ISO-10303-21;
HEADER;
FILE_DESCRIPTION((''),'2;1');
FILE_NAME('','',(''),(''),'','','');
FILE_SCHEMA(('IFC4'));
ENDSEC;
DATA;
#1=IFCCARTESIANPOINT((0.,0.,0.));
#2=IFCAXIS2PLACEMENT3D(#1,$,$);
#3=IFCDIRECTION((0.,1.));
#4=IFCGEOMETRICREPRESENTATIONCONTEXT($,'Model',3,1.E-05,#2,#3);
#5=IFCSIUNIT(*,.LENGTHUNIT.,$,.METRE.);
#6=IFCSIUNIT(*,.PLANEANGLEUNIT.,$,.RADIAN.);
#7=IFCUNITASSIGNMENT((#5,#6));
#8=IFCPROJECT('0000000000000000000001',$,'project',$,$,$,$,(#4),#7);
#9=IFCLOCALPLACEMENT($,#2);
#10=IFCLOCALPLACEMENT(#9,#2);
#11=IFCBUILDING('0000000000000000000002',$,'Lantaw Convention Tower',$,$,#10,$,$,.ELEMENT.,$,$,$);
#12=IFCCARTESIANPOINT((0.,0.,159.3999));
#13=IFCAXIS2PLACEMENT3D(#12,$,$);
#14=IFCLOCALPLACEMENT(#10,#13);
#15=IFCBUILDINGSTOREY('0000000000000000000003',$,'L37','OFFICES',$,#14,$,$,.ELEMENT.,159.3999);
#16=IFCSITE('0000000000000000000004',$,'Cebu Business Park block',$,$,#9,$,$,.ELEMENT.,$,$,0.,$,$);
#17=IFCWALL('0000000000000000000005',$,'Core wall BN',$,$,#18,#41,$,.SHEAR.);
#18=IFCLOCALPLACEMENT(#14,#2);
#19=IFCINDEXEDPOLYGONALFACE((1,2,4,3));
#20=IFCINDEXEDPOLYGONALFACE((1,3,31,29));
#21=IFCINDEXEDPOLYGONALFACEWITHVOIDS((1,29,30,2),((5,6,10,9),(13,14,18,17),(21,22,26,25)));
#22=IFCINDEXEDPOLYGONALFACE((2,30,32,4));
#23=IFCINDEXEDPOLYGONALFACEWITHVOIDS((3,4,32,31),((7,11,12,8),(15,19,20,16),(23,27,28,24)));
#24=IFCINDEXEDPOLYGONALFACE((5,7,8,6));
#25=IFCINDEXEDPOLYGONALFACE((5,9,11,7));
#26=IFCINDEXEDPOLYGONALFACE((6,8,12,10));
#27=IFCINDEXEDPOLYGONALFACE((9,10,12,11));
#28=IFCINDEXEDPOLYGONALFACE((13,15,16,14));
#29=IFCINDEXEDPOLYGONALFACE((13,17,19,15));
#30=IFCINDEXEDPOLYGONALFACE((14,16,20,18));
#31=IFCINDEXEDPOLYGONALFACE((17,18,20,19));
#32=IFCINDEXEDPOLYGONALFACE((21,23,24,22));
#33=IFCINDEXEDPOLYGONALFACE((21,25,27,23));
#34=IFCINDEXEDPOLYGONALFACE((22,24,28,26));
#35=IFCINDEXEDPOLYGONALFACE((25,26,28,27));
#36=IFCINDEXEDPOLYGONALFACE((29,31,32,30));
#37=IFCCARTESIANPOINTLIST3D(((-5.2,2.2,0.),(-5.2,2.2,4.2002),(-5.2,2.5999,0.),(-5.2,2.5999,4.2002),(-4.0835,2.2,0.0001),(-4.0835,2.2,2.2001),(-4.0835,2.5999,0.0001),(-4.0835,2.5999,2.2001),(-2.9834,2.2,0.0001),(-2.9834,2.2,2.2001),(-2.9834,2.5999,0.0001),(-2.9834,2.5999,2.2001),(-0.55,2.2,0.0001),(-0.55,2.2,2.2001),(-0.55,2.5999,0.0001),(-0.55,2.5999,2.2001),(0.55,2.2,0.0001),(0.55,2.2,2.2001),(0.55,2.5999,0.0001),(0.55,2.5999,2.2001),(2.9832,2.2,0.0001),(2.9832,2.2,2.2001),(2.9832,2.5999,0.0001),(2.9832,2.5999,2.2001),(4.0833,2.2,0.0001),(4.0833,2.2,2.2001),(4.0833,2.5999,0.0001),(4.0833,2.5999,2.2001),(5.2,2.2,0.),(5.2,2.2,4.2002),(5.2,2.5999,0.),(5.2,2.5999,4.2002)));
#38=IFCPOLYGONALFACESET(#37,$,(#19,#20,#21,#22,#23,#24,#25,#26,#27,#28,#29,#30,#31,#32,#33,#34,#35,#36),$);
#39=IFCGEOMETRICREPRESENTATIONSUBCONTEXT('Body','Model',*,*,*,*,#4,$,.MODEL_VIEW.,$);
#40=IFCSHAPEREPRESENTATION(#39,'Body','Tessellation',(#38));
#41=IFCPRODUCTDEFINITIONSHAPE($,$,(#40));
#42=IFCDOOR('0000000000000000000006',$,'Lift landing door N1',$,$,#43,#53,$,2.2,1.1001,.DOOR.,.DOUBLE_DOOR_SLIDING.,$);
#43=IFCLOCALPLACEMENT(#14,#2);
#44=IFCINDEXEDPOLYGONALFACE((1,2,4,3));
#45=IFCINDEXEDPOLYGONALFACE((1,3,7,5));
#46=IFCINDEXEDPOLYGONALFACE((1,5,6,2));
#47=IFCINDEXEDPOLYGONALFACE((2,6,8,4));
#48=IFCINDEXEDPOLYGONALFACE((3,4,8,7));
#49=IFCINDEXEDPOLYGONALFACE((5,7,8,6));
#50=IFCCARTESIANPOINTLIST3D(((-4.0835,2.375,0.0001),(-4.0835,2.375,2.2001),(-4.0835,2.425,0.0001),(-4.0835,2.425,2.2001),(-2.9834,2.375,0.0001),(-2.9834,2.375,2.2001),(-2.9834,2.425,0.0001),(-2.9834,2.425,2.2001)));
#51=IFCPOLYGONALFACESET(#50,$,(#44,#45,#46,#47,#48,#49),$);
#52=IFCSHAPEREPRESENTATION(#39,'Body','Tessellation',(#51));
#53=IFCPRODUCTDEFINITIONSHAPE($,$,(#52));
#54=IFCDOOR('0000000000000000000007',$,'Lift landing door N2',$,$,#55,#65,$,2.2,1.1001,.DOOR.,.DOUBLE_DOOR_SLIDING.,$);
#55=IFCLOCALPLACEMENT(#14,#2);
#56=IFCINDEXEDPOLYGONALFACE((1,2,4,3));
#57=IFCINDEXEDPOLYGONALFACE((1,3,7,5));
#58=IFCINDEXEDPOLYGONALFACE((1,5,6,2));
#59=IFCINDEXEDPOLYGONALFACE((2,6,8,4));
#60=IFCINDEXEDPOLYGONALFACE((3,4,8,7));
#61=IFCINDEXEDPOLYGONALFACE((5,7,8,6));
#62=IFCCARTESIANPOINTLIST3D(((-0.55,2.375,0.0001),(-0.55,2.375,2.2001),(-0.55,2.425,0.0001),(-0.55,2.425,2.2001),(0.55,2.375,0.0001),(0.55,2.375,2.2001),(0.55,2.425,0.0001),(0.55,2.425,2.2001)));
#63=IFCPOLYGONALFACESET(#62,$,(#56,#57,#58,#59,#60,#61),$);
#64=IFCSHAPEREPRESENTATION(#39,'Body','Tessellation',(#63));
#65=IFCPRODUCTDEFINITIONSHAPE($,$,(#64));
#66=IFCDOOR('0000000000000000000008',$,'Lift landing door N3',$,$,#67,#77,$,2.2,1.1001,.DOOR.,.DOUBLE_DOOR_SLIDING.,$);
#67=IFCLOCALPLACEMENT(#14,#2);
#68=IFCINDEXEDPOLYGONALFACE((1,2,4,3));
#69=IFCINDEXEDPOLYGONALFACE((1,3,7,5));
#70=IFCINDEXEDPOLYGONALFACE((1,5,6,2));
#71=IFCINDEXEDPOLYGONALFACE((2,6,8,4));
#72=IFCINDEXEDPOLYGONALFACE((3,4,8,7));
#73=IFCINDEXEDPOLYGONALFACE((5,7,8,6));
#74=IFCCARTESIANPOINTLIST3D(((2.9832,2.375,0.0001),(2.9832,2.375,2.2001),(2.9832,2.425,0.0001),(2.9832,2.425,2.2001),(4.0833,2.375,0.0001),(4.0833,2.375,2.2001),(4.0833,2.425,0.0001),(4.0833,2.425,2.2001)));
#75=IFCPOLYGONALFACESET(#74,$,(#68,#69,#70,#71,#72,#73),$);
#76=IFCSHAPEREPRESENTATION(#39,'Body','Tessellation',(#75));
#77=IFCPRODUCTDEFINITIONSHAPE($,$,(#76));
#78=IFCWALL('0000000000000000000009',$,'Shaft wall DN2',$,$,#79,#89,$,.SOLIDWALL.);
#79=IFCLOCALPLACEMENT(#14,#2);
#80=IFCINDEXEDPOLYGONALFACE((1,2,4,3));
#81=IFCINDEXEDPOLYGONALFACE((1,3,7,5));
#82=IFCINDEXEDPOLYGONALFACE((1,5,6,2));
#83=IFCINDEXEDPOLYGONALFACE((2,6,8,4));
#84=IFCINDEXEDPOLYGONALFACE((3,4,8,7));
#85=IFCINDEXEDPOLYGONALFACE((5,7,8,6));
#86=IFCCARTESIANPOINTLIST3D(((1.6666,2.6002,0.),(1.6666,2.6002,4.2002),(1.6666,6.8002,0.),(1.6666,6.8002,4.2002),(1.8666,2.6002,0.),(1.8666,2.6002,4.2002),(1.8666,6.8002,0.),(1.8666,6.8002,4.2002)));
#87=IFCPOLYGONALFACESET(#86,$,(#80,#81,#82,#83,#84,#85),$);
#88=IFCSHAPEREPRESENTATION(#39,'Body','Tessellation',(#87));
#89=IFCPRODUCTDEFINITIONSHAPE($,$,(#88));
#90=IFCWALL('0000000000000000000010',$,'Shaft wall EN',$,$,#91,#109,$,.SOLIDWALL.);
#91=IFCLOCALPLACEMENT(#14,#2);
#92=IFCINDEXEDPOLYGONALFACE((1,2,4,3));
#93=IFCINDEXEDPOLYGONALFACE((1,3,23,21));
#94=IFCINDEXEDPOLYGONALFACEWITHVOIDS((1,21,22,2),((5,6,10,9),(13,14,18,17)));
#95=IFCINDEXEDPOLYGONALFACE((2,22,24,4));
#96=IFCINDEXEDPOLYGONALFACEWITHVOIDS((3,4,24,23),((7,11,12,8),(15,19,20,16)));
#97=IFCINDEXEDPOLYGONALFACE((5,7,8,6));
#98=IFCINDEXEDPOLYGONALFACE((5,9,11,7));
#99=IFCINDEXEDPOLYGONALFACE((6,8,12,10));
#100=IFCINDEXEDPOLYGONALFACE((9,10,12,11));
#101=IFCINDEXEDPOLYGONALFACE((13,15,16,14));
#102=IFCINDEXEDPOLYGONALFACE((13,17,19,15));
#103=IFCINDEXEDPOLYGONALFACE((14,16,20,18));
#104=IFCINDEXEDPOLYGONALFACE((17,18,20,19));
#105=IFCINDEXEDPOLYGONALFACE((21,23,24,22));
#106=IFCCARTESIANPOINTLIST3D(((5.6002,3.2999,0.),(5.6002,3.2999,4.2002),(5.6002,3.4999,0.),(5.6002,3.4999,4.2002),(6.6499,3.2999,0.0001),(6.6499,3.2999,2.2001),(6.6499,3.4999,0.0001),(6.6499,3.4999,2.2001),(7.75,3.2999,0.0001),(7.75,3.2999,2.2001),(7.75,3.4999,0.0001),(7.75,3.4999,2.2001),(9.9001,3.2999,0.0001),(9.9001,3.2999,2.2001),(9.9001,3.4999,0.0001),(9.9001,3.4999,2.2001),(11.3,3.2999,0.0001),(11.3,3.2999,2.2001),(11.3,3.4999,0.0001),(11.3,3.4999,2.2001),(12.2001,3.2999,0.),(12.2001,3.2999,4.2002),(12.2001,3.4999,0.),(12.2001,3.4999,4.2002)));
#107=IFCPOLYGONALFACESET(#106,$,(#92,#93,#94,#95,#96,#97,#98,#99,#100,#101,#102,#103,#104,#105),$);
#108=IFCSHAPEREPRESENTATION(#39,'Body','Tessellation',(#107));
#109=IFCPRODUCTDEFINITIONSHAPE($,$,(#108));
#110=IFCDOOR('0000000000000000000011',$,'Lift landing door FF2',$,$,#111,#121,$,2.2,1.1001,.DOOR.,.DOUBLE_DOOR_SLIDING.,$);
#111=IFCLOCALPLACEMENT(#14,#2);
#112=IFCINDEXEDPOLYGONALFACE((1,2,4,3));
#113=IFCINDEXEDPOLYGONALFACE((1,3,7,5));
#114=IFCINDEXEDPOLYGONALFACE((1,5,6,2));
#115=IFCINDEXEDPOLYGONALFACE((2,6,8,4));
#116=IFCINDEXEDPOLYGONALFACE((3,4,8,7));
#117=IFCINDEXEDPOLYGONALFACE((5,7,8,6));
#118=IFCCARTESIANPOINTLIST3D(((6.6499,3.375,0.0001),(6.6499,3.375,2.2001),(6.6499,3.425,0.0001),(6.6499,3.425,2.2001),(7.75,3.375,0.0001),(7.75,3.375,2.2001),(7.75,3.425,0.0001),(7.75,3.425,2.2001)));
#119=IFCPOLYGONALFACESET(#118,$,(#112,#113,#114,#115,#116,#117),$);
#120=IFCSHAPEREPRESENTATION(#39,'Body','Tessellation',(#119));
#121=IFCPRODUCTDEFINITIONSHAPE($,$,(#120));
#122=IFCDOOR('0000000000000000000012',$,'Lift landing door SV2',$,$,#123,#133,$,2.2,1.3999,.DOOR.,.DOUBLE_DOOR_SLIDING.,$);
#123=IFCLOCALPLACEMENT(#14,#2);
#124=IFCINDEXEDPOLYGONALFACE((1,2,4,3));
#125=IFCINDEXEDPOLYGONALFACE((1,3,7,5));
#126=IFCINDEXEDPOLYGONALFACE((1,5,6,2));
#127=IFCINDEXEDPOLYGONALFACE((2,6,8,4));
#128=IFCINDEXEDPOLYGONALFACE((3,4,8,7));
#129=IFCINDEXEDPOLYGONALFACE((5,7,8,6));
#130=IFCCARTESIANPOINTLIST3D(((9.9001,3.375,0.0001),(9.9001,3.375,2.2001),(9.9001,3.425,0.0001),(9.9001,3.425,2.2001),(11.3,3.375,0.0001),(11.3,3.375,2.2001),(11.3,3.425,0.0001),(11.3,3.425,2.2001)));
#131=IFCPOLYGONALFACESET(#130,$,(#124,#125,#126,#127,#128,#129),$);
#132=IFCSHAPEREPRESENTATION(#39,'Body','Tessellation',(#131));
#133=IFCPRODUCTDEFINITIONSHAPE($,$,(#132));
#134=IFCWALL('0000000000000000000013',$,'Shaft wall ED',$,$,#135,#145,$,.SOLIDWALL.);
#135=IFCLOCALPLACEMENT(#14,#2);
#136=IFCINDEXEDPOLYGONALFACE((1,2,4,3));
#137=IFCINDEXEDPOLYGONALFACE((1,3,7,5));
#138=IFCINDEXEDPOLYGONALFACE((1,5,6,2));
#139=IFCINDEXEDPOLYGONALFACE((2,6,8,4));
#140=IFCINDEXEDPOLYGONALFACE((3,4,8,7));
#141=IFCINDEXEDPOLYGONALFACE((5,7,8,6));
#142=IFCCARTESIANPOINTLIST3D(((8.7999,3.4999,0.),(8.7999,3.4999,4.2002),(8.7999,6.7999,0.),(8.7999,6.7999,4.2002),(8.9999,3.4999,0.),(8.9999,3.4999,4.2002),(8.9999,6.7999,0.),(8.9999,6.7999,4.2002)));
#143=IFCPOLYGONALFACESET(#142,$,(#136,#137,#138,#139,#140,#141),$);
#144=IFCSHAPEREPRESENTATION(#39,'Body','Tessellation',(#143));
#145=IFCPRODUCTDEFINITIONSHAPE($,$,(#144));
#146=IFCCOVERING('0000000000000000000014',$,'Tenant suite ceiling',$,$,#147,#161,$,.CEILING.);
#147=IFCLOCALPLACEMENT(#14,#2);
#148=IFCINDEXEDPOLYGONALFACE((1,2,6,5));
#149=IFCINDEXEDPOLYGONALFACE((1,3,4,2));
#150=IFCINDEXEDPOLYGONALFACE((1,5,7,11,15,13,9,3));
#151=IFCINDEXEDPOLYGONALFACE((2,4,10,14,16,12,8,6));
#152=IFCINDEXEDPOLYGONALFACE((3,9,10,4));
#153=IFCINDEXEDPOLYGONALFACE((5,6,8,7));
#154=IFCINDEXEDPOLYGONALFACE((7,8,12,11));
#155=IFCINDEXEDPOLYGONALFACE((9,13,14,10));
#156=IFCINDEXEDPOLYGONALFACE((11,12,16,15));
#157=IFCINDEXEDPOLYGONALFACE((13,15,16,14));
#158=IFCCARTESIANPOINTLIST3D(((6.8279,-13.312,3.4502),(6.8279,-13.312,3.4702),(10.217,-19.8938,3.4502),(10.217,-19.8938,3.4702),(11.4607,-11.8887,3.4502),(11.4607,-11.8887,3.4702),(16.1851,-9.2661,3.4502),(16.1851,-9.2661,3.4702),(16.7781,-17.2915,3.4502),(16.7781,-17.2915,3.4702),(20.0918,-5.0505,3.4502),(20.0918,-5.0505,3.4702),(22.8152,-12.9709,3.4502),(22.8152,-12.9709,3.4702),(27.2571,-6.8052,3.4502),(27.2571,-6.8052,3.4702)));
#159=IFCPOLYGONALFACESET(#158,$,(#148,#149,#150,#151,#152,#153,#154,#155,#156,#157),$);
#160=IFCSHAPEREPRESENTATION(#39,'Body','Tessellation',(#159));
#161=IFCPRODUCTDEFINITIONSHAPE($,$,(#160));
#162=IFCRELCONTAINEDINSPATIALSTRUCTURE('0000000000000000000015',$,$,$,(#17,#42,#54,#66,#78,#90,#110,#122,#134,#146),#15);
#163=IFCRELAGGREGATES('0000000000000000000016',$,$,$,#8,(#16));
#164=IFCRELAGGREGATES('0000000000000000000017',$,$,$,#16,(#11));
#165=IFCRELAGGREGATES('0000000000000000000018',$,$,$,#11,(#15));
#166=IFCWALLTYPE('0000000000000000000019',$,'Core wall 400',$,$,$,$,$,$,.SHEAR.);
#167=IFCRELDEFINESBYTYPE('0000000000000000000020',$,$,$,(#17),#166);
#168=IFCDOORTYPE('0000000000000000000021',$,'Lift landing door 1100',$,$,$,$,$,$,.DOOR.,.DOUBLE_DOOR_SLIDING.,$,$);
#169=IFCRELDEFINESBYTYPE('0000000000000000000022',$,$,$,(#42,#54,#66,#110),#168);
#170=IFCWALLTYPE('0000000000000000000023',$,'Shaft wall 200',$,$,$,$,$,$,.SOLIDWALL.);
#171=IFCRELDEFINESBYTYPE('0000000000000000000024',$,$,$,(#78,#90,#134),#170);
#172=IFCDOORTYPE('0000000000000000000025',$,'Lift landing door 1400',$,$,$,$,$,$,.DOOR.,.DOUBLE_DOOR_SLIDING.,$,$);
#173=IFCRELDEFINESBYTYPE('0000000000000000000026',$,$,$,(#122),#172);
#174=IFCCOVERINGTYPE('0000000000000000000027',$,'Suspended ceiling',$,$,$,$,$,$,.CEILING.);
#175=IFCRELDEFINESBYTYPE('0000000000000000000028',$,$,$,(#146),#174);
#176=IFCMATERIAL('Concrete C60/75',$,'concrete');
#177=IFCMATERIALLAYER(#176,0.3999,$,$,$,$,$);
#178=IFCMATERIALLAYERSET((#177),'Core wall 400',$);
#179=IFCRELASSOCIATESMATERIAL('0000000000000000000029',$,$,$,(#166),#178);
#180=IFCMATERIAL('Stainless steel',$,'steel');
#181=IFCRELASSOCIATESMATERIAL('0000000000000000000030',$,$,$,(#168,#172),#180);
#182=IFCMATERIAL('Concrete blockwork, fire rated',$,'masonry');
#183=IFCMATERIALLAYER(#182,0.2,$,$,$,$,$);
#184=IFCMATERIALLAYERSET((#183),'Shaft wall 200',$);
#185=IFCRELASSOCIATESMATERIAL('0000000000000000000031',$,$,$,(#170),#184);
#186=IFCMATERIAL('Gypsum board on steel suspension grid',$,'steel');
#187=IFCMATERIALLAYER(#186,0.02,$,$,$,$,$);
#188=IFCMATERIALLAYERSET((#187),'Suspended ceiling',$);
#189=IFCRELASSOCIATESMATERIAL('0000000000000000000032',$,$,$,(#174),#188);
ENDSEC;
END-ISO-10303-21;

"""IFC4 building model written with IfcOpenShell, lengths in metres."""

from ifc_helpers import new_model, si_unit, direction, frame, frame_2d, origin, place, context, subcontext, project, spatial, polyline, rectangle, outline, extrude, material, layer, layer_set, type_object, element, fill, save


model = new_model("IFC4")

# Units and contexts
model_context = context("Model", 3, precision=1e-05, world=origin(), true_north=direction((0.0, 1.0)))
body_context = subcontext(model_context, "Body", "Model", "MODEL_VIEW")
ifc_project = project(units=[si_unit("LENGTHUNIT", "METRE"), si_unit("PLANEANGLEUNIT", "RADIAN")], contexts=[model_context])

# Site, building, storey
site_placement = place(None, origin())
site = spatial("IfcSite", under=ifc_project, at=site_placement, Name="Cebu Business Park block", CompositionType="ELEMENT", RefElevation=0.0)
building_placement = place(site_placement, origin())
building = spatial("IfcBuilding", under=site, at=building_placement, Name="Lantaw Convention Tower", CompositionType="ELEMENT")
storey_placement = place(building_placement, frame((0.0, 0.0, 159.3999)))
storey = spatial("IfcBuildingStorey", under=building, at=storey_placement, Name="L37", Description="OFFICES", CompositionType="ELEMENT", Elevation=159.3999)

# Wall, openings, doors
ifc_material_1 = material(Name="Concrete C60/75", Category="concrete")
ifc_layer_1 = layer(ifc_material_1, 0.3999)
ifc_layer_set_1 = layer_set([ifc_layer_1], Name="Core wall 400")
wall_type_1 = type_object("IfcWallType", Name="Core wall 400", PredefinedType="SHEAR", material=ifc_layer_set_1)
wall_1_placement = place(storey_placement, frame((5.2, 2.3999, 0.0), z_axis=(0.0, 0.0, 1.0), x_axis=(-1.0, 0.0, 0.0)))
wall_1 = element("IfcWall", 1, at=wall_1_placement, inside=storey, type_object=wall_type_1, Name="Core wall BN", PredefinedType="SHEAR", context=body_context, shape_type="SweptSolid", body=[
    extrude(rectangle(XDim=10.3999, YDim=0.3999, at=frame_2d((5.2, 0.0))), origin(), (0.0, 0.0, 1.0), 4.2002),
])
opening_1_placement = place(wall_1_placement, frame((8.1833, 0.0, 0.0)))
opening_1 = element("IfcOpeningElement", 2, at=opening_1_placement, cuts=wall_1, PredefinedType="OPENING", context=body_context, shape_type="SweptSolid", body=[
    extrude(rectangle(XDim=1.1001, YDim=2.2, at=frame_2d((0.55, 1.1001))), frame((0.0, 0.21, 0.0), z_axis=(0.0, -1.0, 0.0), x_axis=(1.0, 0.0, 0.0)), (0.0, 0.0, 1.0), 0.4199),
])
opening_2_placement = place(wall_1_placement, frame((4.6499, 0.0, 0.0)))
opening_2 = element("IfcOpeningElement", 3, at=opening_2_placement, cuts=wall_1, PredefinedType="OPENING", context=body_context, shape_type="SweptSolid", body=[
    extrude(rectangle(XDim=1.1001, YDim=2.2, at=frame_2d((0.55, 1.1001))), frame((0.0, 0.21, 0.0), z_axis=(0.0, -1.0, 0.0), x_axis=(1.0, 0.0, 0.0)), (0.0, 0.0, 1.0), 0.4199),
])
opening_3_placement = place(wall_1_placement, frame((1.1167, 0.0, 0.0)))
opening_3 = element("IfcOpeningElement", 4, at=opening_3_placement, cuts=wall_1, PredefinedType="OPENING", context=body_context, shape_type="SweptSolid", body=[
    extrude(rectangle(XDim=1.1001, YDim=2.2, at=frame_2d((0.55, 1.1001))), frame((0.0, 0.21, 0.0), z_axis=(0.0, -1.0, 0.0), x_axis=(1.0, 0.0, 0.0)), (0.0, 0.0, 1.0), 0.4199),
])
ifc_material_2 = material(Name="Stainless steel", Category="steel")
door_type_1 = type_object("IfcDoorType", Name="Lift landing door 1100", OperationType="DOUBLE_DOOR_SLIDING", PredefinedType="DOOR", material=ifc_material_2)
door_1_placement = place(opening_1_placement, origin())
door_1 = element("IfcDoor", 5, at=door_1_placement, inside=storey, type_object=door_type_1, Name="Lift landing door N1", OperationType="DOUBLE_DOOR_SLIDING", OverallHeight=2.2, OverallWidth=1.1001, PredefinedType="DOOR", context=body_context, shape_type="SweptSolid", body=[
    extrude(rectangle(XDim=1.1001, YDim=2.2, at=frame_2d((0.55, 1.1001))), frame((0.0, 0.0249, 0.0), z_axis=(0.0, -1.0, 0.0), x_axis=(1.0, 0.0, 0.0)), (0.0, 0.0, 1.0), 0.05),
])
fill(opening_1, door_1)
door_2_placement = place(opening_2_placement, origin())
door_2 = element("IfcDoor", 6, at=door_2_placement, inside=storey, type_object=door_type_1, Name="Lift landing door N2", OperationType="DOUBLE_DOOR_SLIDING", OverallHeight=2.2, OverallWidth=1.1001, PredefinedType="DOOR", context=body_context, shape_type="SweptSolid", body=[
    extrude(rectangle(XDim=1.1001, YDim=2.2, at=frame_2d((0.55, 1.1001))), frame((0.0, 0.0249, 0.0), z_axis=(0.0, -1.0, 0.0), x_axis=(1.0, 0.0, 0.0)), (0.0, 0.0, 1.0), 0.05),
])
fill(opening_2, door_2)
door_3_placement = place(opening_3_placement, origin())
door_3 = element("IfcDoor", 7, at=door_3_placement, inside=storey, type_object=door_type_1, Name="Lift landing door N3", OperationType="DOUBLE_DOOR_SLIDING", OverallHeight=2.2, OverallWidth=1.1001, PredefinedType="DOOR", context=body_context, shape_type="SweptSolid", body=[
    extrude(rectangle(XDim=1.1001, YDim=2.2, at=frame_2d((0.55, 1.1001))), frame((0.0, 0.0249, 0.0), z_axis=(0.0, -1.0, 0.0), x_axis=(1.0, 0.0, 0.0)), (0.0, 0.0, 1.0), 0.05),
])
fill(opening_3, door_3)

# Wall
ifc_material_3 = material(Name="Concrete blockwork, fire rated", Category="masonry")
ifc_layer_2 = layer(ifc_material_3, 0.2)
ifc_layer_set_2 = layer_set([ifc_layer_2], Name="Shaft wall 200")
wall_type_2 = type_object("IfcWallType", Name="Shaft wall 200", PredefinedType="SOLIDWALL", material=ifc_layer_set_2)
wall_2_placement = place(storey_placement, frame((1.7666, 2.6001, 0.0), z_axis=(0.0, 0.0, 1.0), x_axis=(0.0, 1.0, 0.0)))
element("IfcWall", 8, at=wall_2_placement, inside=storey, type_object=wall_type_2, Name="Shaft wall DN2", PredefinedType="SOLIDWALL", context=body_context, shape_type="SweptSolid", body=[
    extrude(rectangle(XDim=4.2, YDim=0.2, at=frame_2d((2.1001, 0.0))), origin(), (0.0, 0.0, 1.0), 4.2002),
])

# Wall, openings, doors
wall_3_placement = place(storey_placement, frame((12.2, 3.3999, 0.0), z_axis=(0.0, 0.0, 1.0), x_axis=(-1.0, 0.0, 0.0)))
wall_3 = element("IfcWall", 9, at=wall_3_placement, inside=storey, type_object=wall_type_2, Name="Shaft wall EN", PredefinedType="SOLIDWALL", context=body_context, shape_type="SweptSolid", body=[
    extrude(rectangle(XDim=6.5999, YDim=0.2, at=frame_2d((3.2998, 0.0))), origin(), (0.0, 0.0, 1.0), 4.2002),
])
opening_4_placement = place(wall_3_placement, frame((4.45, 0.0, 0.0)))
opening_4 = element("IfcOpeningElement", 10, at=opening_4_placement, cuts=wall_3, PredefinedType="OPENING", context=body_context, shape_type="SweptSolid", body=[
    extrude(rectangle(XDim=1.1001, YDim=2.2, at=frame_2d((0.55, 1.1001))), frame((0.0, 0.1099, 0.0), z_axis=(0.0, -1.0, 0.0), x_axis=(1.0, 0.0, 0.0)), (0.0, 0.0, 1.0), 0.22),
])
opening_5_placement = place(wall_3_placement, frame((0.8999, 0.0, 0.0)))
opening_5 = element("IfcOpeningElement", 11, at=opening_5_placement, cuts=wall_3, PredefinedType="OPENING", context=body_context, shape_type="SweptSolid", body=[
    extrude(rectangle(XDim=1.3999, YDim=2.2, at=frame_2d((0.7, 1.1001))), frame((0.0, 0.1099, 0.0), z_axis=(0.0, -1.0, 0.0), x_axis=(1.0, 0.0, 0.0)), (0.0, 0.0, 1.0), 0.22),
])
door_4_placement = place(opening_4_placement, origin())
door_4 = element("IfcDoor", 12, at=door_4_placement, inside=storey, type_object=door_type_1, Name="Lift landing door FF2", OperationType="DOUBLE_DOOR_SLIDING", OverallHeight=2.2, OverallWidth=1.1001, PredefinedType="DOOR", context=body_context, shape_type="SweptSolid", body=[
    extrude(rectangle(XDim=1.1001, YDim=2.2, at=frame_2d((0.55, 1.1001))), frame((0.0, 0.0249, 0.0), z_axis=(0.0, -1.0, 0.0), x_axis=(1.0, 0.0, 0.0)), (0.0, 0.0, 1.0), 0.05),
])
fill(opening_4, door_4)
door_type_2 = type_object("IfcDoorType", Name="Lift landing door 1400", OperationType="DOUBLE_DOOR_SLIDING", PredefinedType="DOOR", material=ifc_material_2)
door_5_placement = place(opening_5_placement, origin())
door_5 = element("IfcDoor", 13, at=door_5_placement, inside=storey, type_object=door_type_2, Name="Lift landing door SV2", OperationType="DOUBLE_DOOR_SLIDING", OverallHeight=2.2, OverallWidth=1.3999, PredefinedType="DOOR", context=body_context, shape_type="SweptSolid", body=[
    extrude(rectangle(XDim=1.3999, YDim=2.2, at=frame_2d((0.7, 1.1001))), frame((0.0, 0.0249, 0.0), z_axis=(0.0, -1.0, 0.0), x_axis=(1.0, 0.0, 0.0)), (0.0, 0.0, 1.0), 0.05),
])
fill(opening_5, door_5)

# Wall
wall_4_placement = place(storey_placement, frame((8.8999, 3.5, 0.0), z_axis=(0.0, 0.0, 1.0), x_axis=(0.0, 1.0, 0.0)))
element("IfcWall", 14, at=wall_4_placement, inside=storey, type_object=wall_type_2, Name="Shaft wall ED", PredefinedType="SOLIDWALL", context=body_context, shape_type="SweptSolid", body=[
    extrude(rectangle(XDim=3.3, YDim=0.2, at=frame_2d((1.6499, 0.0))), origin(), (0.0, 0.0, 1.0), 4.2002),
])

# Covering
ifc_material_4 = material(Name="Gypsum board on steel suspension grid", Category="steel")
ifc_layer_3 = layer(ifc_material_4, 0.02)
ifc_layer_set_3 = layer_set([ifc_layer_3], Name="Suspended ceiling")
covering_type = type_object("IfcCoveringType", Name="Suspended ceiling", PredefinedType="CEILING", material=ifc_layer_set_3)
covering_1_placement = place(storey_placement, frame((0.0, 0.0, 3.4502)))
element("IfcCovering", 15, at=covering_1_placement, inside=storey, type_object=covering_type, Name="Tenant suite ceiling", PredefinedType="CEILING", context=body_context, shape_type="SweptSolid", body=[
    extrude(outline(polyline([(6.8279, -13.312), (10.217, -19.8938), (16.7781, -17.2915), (22.8152, -12.9709), (27.2571, -6.8052), (20.0918, -5.0505), (16.1851, -9.2661), (11.4607, -11.8887), (6.8279, -13.312)])), origin(), (0.0, 0.0, 1.0), 0.02),
])

save(model, "model.ifc")
